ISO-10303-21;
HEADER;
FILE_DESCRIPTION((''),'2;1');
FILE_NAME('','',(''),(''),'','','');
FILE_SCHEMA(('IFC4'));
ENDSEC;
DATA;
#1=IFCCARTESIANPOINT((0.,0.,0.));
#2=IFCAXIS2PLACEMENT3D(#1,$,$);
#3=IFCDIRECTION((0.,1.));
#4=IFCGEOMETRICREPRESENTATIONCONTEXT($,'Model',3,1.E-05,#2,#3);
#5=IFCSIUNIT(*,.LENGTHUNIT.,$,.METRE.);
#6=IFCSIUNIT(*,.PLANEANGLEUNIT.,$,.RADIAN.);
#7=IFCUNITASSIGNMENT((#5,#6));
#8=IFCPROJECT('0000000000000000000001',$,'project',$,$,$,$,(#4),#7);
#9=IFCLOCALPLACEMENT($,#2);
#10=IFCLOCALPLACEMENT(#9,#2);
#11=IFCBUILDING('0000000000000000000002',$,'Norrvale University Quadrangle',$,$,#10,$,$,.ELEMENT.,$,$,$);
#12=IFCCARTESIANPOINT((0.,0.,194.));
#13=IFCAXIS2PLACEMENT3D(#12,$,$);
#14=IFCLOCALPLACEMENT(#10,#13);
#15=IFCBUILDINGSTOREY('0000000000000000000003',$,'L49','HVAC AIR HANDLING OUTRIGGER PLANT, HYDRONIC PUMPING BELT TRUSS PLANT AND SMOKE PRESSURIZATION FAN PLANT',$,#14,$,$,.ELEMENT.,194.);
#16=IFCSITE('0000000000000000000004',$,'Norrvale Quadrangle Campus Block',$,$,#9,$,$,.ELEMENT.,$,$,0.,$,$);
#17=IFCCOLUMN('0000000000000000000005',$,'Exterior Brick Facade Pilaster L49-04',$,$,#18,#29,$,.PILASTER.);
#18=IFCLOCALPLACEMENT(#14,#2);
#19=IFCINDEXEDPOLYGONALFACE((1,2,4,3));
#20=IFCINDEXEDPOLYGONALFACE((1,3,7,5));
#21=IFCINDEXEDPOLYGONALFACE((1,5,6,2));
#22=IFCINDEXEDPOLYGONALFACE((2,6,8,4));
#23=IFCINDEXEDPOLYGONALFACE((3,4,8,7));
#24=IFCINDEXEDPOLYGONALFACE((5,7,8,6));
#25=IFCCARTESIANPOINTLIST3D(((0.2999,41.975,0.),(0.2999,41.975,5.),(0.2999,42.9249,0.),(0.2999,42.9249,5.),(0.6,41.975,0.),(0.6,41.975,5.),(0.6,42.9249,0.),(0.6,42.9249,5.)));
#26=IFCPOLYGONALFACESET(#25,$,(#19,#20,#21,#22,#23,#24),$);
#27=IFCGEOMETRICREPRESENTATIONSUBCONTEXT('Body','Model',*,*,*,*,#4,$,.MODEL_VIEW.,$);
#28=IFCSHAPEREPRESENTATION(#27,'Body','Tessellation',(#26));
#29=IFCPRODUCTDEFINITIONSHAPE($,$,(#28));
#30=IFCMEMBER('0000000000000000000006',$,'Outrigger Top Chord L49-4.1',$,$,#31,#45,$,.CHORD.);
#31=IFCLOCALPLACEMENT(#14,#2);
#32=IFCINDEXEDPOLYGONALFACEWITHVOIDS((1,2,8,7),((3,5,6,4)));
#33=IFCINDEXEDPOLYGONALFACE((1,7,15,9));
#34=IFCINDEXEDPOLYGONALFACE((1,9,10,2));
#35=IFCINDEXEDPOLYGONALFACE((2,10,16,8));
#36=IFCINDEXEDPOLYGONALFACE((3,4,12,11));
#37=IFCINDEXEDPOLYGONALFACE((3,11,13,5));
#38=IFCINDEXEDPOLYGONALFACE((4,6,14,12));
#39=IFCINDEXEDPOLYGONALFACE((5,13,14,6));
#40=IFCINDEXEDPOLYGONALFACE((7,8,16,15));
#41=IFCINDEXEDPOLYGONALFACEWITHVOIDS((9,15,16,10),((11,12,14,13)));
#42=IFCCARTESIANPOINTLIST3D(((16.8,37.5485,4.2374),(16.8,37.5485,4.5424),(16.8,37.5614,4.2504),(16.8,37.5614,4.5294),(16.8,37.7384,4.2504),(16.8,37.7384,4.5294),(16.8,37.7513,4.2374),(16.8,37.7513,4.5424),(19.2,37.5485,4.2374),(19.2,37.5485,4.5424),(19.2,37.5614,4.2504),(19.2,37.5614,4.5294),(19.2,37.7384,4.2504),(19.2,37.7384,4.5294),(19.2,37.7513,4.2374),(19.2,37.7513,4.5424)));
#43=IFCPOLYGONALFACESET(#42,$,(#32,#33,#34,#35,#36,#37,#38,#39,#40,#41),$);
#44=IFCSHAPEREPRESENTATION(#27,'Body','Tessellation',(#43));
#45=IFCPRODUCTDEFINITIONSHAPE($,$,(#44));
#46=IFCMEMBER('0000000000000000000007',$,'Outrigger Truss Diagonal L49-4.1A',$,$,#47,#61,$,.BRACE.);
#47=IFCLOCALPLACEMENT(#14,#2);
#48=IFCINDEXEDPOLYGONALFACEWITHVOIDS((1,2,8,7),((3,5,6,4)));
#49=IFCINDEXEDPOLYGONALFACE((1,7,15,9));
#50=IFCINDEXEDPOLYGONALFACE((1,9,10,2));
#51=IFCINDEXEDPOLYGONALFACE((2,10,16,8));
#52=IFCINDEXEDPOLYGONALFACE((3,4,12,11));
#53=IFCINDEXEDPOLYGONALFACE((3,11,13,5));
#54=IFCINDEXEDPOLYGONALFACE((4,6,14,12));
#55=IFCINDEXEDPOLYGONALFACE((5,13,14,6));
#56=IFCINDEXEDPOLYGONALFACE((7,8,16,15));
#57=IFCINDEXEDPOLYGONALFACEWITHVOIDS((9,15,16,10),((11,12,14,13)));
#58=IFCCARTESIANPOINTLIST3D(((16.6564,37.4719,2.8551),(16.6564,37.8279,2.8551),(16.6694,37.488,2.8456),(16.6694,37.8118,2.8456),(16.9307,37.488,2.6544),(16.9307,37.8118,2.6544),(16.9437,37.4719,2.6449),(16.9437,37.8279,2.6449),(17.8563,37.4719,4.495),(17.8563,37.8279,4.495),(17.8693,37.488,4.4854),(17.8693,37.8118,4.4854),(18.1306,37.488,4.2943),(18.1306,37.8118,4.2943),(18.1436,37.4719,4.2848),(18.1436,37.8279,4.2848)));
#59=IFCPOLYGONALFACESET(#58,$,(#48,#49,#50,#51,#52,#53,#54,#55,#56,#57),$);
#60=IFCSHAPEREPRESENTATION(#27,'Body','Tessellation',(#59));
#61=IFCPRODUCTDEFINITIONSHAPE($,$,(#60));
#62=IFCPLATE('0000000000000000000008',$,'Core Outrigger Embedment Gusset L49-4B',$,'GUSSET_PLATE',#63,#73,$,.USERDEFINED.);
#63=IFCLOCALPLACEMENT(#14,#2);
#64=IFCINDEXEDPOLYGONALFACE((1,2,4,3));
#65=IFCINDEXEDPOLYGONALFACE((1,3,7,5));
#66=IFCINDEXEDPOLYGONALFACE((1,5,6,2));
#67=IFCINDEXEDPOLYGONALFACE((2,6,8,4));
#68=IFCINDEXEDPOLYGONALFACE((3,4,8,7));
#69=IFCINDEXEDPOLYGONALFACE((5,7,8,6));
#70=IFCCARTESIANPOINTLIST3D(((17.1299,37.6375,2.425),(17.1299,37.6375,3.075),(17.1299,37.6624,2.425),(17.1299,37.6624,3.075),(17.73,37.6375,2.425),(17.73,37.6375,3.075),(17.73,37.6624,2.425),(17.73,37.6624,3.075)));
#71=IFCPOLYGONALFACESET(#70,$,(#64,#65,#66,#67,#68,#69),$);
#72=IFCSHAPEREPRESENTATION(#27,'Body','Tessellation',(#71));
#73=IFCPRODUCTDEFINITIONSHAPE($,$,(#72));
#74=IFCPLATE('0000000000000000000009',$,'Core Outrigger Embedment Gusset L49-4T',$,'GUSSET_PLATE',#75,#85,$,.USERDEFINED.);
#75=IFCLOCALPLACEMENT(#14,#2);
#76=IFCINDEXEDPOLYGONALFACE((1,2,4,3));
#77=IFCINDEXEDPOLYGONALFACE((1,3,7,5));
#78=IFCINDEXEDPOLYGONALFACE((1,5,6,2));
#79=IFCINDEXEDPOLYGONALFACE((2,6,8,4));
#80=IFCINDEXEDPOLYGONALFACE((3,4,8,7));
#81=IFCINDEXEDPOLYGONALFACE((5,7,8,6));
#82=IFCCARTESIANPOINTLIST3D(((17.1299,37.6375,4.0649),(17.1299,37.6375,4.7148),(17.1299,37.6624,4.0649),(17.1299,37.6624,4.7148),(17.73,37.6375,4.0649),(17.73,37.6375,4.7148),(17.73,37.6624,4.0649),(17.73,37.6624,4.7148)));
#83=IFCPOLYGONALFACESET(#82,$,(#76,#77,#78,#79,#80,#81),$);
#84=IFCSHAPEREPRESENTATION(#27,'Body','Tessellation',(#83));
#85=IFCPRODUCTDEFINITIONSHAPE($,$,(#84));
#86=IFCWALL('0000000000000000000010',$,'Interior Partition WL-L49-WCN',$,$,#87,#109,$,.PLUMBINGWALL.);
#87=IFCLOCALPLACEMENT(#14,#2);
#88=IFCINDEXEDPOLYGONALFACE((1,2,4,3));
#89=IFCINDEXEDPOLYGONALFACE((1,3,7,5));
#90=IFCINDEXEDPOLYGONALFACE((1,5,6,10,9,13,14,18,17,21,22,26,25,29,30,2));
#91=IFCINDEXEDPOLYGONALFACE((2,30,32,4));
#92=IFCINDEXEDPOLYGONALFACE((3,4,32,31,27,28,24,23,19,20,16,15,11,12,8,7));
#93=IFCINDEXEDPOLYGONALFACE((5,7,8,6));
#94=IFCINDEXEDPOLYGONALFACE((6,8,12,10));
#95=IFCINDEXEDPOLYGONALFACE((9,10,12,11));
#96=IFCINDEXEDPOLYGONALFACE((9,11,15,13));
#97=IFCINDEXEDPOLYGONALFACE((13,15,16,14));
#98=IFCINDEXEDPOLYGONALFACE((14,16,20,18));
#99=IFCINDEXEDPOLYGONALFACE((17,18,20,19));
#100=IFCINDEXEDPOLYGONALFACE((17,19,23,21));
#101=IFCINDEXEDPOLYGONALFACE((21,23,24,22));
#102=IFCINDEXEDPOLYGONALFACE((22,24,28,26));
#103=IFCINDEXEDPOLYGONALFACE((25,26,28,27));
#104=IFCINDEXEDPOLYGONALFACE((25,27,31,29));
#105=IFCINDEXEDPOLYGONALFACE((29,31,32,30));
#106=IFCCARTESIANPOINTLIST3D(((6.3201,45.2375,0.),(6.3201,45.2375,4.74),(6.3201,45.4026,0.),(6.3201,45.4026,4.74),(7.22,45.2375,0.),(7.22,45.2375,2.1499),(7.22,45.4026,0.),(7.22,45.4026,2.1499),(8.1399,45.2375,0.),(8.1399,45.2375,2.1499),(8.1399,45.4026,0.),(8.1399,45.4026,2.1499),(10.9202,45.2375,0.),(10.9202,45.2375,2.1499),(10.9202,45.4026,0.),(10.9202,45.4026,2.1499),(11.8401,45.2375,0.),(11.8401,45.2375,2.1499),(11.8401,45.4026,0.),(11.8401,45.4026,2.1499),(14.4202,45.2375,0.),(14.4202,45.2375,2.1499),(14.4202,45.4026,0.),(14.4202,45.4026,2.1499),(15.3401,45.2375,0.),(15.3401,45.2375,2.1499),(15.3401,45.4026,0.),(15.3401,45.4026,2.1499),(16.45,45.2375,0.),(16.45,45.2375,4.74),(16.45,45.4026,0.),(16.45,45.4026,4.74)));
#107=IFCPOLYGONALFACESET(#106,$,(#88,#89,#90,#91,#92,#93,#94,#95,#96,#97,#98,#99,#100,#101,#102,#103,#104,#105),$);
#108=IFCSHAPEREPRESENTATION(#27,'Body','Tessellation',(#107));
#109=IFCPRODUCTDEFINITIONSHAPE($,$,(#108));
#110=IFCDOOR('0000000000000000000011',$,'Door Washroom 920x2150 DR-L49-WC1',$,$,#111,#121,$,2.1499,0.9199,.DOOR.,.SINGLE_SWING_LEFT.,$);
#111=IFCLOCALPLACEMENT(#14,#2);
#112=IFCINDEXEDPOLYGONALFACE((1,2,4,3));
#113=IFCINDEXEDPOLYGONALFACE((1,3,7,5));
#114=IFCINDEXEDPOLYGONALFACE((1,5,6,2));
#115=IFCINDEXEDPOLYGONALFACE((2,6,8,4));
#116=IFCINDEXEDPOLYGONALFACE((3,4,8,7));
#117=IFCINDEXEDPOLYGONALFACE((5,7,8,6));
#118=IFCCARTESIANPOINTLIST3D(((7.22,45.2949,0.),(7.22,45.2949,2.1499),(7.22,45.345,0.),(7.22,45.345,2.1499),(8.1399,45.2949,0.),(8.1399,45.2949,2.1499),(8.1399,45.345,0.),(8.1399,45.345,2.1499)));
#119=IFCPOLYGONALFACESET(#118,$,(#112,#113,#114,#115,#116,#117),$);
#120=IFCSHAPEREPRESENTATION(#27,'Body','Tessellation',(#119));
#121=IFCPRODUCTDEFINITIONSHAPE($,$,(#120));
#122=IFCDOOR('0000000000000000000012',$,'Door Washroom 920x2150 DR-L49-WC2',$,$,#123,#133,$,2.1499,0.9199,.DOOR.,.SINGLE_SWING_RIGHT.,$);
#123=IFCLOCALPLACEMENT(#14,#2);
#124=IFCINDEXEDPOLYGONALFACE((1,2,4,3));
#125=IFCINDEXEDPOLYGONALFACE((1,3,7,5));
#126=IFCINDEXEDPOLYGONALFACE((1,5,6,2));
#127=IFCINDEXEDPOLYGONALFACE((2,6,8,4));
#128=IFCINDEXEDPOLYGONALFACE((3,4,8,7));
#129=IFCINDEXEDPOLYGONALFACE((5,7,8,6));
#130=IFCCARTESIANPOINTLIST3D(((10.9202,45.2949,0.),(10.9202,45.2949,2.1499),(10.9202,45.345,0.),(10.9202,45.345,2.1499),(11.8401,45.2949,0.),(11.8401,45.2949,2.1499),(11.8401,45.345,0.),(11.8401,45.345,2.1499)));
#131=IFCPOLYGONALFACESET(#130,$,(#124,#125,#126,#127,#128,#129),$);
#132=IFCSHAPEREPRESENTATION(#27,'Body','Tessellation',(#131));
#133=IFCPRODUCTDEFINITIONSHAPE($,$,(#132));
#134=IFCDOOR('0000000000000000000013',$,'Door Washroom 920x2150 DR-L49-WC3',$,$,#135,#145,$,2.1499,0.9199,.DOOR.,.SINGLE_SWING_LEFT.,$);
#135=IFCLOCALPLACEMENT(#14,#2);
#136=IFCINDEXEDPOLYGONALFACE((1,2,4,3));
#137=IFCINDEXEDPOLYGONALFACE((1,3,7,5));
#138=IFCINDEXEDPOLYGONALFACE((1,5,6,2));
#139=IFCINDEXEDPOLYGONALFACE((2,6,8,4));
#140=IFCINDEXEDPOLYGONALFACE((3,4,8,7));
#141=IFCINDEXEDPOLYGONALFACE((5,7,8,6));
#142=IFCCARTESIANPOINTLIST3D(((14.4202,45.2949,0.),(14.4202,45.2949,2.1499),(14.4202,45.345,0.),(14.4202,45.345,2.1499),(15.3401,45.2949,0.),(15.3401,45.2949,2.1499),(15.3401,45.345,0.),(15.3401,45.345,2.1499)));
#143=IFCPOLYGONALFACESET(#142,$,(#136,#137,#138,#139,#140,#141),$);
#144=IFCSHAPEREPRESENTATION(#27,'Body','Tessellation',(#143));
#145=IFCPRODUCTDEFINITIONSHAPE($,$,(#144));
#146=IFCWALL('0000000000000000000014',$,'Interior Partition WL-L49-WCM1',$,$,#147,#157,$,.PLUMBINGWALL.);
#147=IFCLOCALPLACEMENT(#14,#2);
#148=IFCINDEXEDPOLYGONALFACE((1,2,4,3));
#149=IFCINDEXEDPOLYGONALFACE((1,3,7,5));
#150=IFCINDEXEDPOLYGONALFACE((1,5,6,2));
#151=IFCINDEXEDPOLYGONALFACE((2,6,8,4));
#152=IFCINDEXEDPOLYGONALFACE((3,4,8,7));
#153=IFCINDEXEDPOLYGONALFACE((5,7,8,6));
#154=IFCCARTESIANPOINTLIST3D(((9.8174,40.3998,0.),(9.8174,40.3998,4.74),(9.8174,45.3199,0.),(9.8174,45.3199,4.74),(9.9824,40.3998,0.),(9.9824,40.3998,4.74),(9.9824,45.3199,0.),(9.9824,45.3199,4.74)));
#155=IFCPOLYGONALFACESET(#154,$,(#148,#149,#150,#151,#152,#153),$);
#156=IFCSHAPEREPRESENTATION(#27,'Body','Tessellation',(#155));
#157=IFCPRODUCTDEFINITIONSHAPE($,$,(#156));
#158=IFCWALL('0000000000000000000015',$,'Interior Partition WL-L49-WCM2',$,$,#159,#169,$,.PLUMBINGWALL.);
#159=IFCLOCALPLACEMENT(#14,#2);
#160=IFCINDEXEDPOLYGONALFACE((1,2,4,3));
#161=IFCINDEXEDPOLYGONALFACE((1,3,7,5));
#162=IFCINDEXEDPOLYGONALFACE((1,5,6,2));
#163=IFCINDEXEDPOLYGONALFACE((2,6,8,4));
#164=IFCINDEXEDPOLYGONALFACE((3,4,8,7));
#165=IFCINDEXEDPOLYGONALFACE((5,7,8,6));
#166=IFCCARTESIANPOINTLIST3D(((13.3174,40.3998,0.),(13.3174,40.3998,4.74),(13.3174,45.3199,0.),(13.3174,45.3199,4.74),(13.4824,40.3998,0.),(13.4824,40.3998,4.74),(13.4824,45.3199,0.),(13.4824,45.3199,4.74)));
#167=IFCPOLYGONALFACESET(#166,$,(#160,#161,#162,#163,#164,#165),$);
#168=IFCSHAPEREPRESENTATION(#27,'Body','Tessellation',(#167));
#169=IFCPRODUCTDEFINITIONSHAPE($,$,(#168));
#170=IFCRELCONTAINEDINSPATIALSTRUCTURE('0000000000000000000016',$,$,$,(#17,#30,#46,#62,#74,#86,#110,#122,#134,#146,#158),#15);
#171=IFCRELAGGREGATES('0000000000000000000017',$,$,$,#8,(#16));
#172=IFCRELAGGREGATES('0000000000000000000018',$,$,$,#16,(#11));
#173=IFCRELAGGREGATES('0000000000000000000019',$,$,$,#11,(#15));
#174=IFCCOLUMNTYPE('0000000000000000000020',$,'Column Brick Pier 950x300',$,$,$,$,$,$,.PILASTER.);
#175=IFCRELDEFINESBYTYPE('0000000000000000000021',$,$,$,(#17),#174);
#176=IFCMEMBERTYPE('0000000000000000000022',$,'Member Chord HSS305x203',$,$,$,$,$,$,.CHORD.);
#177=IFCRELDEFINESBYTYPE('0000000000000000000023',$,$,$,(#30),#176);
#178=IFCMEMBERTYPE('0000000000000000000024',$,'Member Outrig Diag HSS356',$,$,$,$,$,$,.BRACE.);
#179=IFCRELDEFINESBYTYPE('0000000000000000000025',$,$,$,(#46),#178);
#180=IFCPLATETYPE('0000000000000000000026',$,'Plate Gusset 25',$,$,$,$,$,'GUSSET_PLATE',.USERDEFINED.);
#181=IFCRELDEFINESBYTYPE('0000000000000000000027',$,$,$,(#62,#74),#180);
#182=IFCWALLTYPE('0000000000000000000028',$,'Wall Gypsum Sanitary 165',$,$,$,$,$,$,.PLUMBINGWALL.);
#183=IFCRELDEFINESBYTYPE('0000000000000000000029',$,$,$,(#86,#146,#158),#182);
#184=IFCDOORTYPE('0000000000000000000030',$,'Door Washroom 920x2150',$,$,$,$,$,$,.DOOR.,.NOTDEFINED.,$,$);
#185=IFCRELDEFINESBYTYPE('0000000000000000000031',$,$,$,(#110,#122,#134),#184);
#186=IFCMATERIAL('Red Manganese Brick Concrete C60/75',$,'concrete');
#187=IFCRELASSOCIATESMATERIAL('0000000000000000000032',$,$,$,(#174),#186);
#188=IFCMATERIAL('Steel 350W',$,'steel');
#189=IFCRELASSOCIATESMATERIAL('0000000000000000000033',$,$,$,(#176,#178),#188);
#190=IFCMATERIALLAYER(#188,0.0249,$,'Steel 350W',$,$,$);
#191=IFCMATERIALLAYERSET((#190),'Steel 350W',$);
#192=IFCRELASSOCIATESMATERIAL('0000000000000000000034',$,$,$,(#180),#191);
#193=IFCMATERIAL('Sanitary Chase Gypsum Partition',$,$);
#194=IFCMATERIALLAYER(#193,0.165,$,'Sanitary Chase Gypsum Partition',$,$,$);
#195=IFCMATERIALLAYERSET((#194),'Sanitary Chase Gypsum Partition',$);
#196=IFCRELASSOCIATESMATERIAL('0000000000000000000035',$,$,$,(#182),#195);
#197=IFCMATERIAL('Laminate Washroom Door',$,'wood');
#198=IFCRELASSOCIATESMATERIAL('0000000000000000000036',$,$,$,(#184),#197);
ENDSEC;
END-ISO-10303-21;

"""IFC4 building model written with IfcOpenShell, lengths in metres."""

from ifc_helpers import new_model, si_unit, direction, frame, frame_2d, origin, origin_2d, place, context, subcontext, project, spatial, rectangle, hollow_rectangle, extrude, material, layer, layer_set, material_profile, profile_set, type_object, element, fill, save


model = new_model("IFC4")

# Units and contexts
model_context = context("Model", 3, precision=1e-05, world=origin(), true_north=direction((0.0, 1.0)))
body_context = subcontext(model_context, "Body", "Model", "MODEL_VIEW")
ifc_project = project(units=[si_unit("LENGTHUNIT", "METRE"), si_unit("PLANEANGLEUNIT", "RADIAN")], contexts=[model_context])

# Site, building, storey
site_placement = place(None, origin())
site = spatial("IfcSite", under=ifc_project, at=site_placement, Name="Norrvale Quadrangle Campus Block", CompositionType="ELEMENT", RefElevation=0.0)
building_placement = place(site_placement, origin())
building = spatial("IfcBuilding", under=site, at=building_placement, Name="Norrvale University Quadrangle", CompositionType="ELEMENT")
storey_placement = place(building_placement, frame((0.0, 0.0, 194.0)))
storey = spatial("IfcBuildingStorey", under=building, at=storey_placement, Name="L49", Description="HVAC AIR HANDLING OUTRIGGER PLANT, HYDRONIC PUMPING BELT TRUSS PLANT AND SMOKE PRESSURIZATION FAN PLANT", CompositionType="ELEMENT", Elevation=194.0)

# Column
ifc_material_1 = material(Name="Red Manganese Brick Concrete C60/75", Category="concrete")
ifc_material_profile_1 = material_profile(ifc_material_1, rectangle(XDim=0.95, YDim=0.3, at=origin_2d()), Name="Red Manganese Brick Concrete C60/75")
ifc_profile_set_1 = profile_set([ifc_material_profile_1], Name="Red Manganese Brick Concrete C60/75")
column_type = type_object("IfcColumnType", Name="Column Brick Pier 950x300", PredefinedType="PILASTER", material=ifc_profile_set_1)
column_placement = place(storey_placement, frame((0.45, 42.45, 0.0), z_axis=(0.0, 0.0, 1.0), x_axis=(0.0, 1.0, 0.0)))
element("IfcColumn", 1, at=column_placement, inside=storey, type_object=column_type, Name="Exterior Brick Facade Pilaster L49-04", PredefinedType="PILASTER", context=body_context, shape_type="SweptSolid", body=[
    extrude(rectangle(XDim=0.95, YDim=0.3, at=origin_2d()), origin(), (0.0, 0.0, 1.0), 5.0),
])

# Members
ifc_material_2 = material(Name="Steel 350W", Category="steel")
ifc_material_profile_2 = material_profile(ifc_material_2, hollow_rectangle(XDim=0.2029, YDim=0.3049, WallThickness=0.0129, at=origin_2d()), Name="Steel 350W")
ifc_profile_set_2 = profile_set([ifc_material_profile_2], Name="Steel 350W")
member_type_1 = type_object("IfcMemberType", Name="Member Chord HSS305x203", PredefinedType="CHORD", material=ifc_profile_set_2)
member_1_placement = place(storey_placement, frame((16.8, 37.6499, 4.3899), z_axis=(1.0, 0.0, 0.0), x_axis=(0.0, 1.0, 0.0)))
element("IfcMember", 2, at=member_1_placement, inside=storey, type_object=member_type_1, Name="Outrigger Top Chord L49-4.1", PredefinedType="CHORD", context=body_context, shape_type="SweptSolid", body=[
    extrude(hollow_rectangle(XDim=0.2029, YDim=0.3049, WallThickness=0.0129, at=origin_2d()), origin(), (0.0, 0.0, 1.0), 2.3999),
])
ifc_material_profile_3 = material_profile(ifc_material_2, hollow_rectangle(XDim=0.356, YDim=0.356, WallThickness=0.0161, at=origin_2d()), Name="Steel 350W")
ifc_profile_set_3 = profile_set([ifc_material_profile_3], Name="Steel 350W")
member_type_2 = type_object("IfcMemberType", Name="Member Outrig Diag HSS356", PredefinedType="BRACE", material=ifc_profile_set_3)
member_2_placement = place(storey_placement, frame((16.8, 37.6499, 2.75), z_axis=(0.59052, 0.0, 0.807023), x_axis=(0.0, 1.0, 0.0)))
element("IfcMember", 3, at=member_2_placement, inside=storey, type_object=member_type_2, Name="Outrigger Truss Diagonal L49-4.1A", PredefinedType="BRACE", context=body_context, shape_type="SweptSolid", body=[
    extrude(hollow_rectangle(XDim=0.356, YDim=0.356, WallThickness=0.0161, at=origin_2d()), origin(), (0.0, 0.0, 1.0), 2.032),
])

# Plates
ifc_layer_1 = layer(ifc_material_2, 0.0249, Name="Steel 350W")
ifc_layer_set_1 = layer_set([ifc_layer_1], Name="Steel 350W")
plate_type = type_object("IfcPlateType", Name="Plate Gusset 25", ElementType="GUSSET_PLATE", PredefinedType="USERDEFINED", material=ifc_layer_set_1)
for number, where, z_axis, x_axis, name in (
    (4, (17.4299, 37.6499, 2.425), (0.0, 0.0, 1.0), (1.0, 0.0, 0.0), "Core Outrigger Embedment Gusset L49-4B"),
    (5, (17.4299, 37.6499, 4.0649), (0.0, 0.0, 1.0), (1.0, 0.0, 0.0), "Core Outrigger Embedment Gusset L49-4T"),
):
    element("IfcPlate", number, at=place(storey_placement, frame(where, z_axis=z_axis, x_axis=x_axis)), inside=storey, type_object=plate_type, Name=name, ObjectType="GUSSET_PLATE", PredefinedType="USERDEFINED", context=body_context, shape_type="SweptSolid", body=[
        extrude(rectangle(XDim=0.6001, YDim=0.0249, at=origin_2d()), origin(), (0.0, 0.0, 1.0), 0.6499),
    ])

# Wall, openings, doors
ifc_material_3 = material(Name="Sanitary Chase Gypsum Partition")
ifc_layer_2 = layer(ifc_material_3, 0.165, Name="Sanitary Chase Gypsum Partition")
ifc_layer_set_2 = layer_set([ifc_layer_2], Name="Sanitary Chase Gypsum Partition")
wall_type_1 = type_object("IfcWallType", Name="Wall Gypsum Sanitary 165", PredefinedType="PLUMBINGWALL", material=ifc_layer_set_2)
wall_1_placement = place(storey_placement, frame((6.3201, 45.3201, 0.0), z_axis=(0.0, 0.0, 1.0), x_axis=(1.0, 0.0, 0.0)))
wall_1 = element("IfcWall", 6, at=wall_1_placement, inside=storey, type_object=wall_type_1, Name="Interior Partition WL-L49-WCN", PredefinedType="PLUMBINGWALL", context=body_context, shape_type="SweptSolid", body=[
    extrude(rectangle(XDim=10.1299, YDim=0.165, at=frame_2d((5.0649, 0.0))), origin(), (0.0, 0.0, 1.0), 4.74),
])
opening_1_placement = place(wall_1_placement, frame((0.8999, 0.0, 0.0)))
opening_1 = element("IfcOpeningElement", 7, at=opening_1_placement, cuts=wall_1, PredefinedType="OPENING", context=body_context, shape_type="SweptSolid", body=[
    extrude(rectangle(XDim=0.9199, YDim=2.1499, at=frame_2d((0.46, 1.075))), frame((0.0, 0.0945, 0.0), z_axis=(0.0, -1.0, 0.0), x_axis=(1.0, 0.0, 0.0)), (0.0, 0.0, 1.0), 0.189),
])
opening_2_placement = place(wall_1_placement, frame((4.6001, 0.0, 0.0)))
opening_2 = element("IfcOpeningElement", 8, at=opening_2_placement, cuts=wall_1, PredefinedType="OPENING", context=body_context, shape_type="SweptSolid", body=[
    extrude(rectangle(XDim=0.9199, YDim=2.1499, at=frame_2d((0.46, 1.075))), frame((0.0, 0.0945, 0.0), z_axis=(0.0, -1.0, 0.0), x_axis=(1.0, 0.0, 0.0)), (0.0, 0.0, 1.0), 0.189),
])
opening_3_placement = place(wall_1_placement, frame((8.1001, 0.0, 0.0)))
opening_3 = element("IfcOpeningElement", 9, at=opening_3_placement, cuts=wall_1, PredefinedType="OPENING", context=body_context, shape_type="SweptSolid", body=[
    extrude(rectangle(XDim=0.9199, YDim=2.1499, at=frame_2d((0.46, 1.075))), frame((0.0, 0.0945, 0.0), z_axis=(0.0, -1.0, 0.0), x_axis=(1.0, 0.0, 0.0)), (0.0, 0.0, 1.0), 0.189),
])
ifc_material_4 = material(Name="Laminate Washroom Door", Category="wood")
door_type_1 = type_object("IfcDoorType", Name="Door Washroom 920x2150", OperationType="NOTDEFINED", PredefinedType="DOOR", material=ifc_material_4)
door_1_placement = place(opening_1_placement, origin())
door_1 = element("IfcDoor", 10, at=door_1_placement, inside=storey, type_object=door_type_1, Name="Door Washroom 920x2150 DR-L49-WC1", OperationType="SINGLE_SWING_LEFT", OverallHeight=2.1499, OverallWidth=0.9199, PredefinedType="DOOR", context=body_context, shape_type="SweptSolid", body=[
    extrude(rectangle(XDim=0.9199, YDim=2.1499, at=frame_2d((0.46, 1.075))), frame((0.0, 0.0249, 0.0), z_axis=(0.0, -1.0, 0.0), x_axis=(1.0, 0.0, 0.0)), (0.0, 0.0, 1.0), 0.05),
])
fill(opening_1, door_1)
door_2_placement = place(opening_2_placement, origin())
door_2 = element("IfcDoor", 11, at=door_2_placement, inside=storey, type_object=door_type_1, Name="Door Washroom 920x2150 DR-L49-WC2", OperationType="SINGLE_SWING_RIGHT", OverallHeight=2.1499, OverallWidth=0.9199, PredefinedType="DOOR", context=body_context, shape_type="SweptSolid", body=[
    extrude(rectangle(XDim=0.9199, YDim=2.1499, at=frame_2d((0.46, 1.075))), frame((0.0, 0.0249, 0.0), z_axis=(0.0, -1.0, 0.0), x_axis=(1.0, 0.0, 0.0)), (0.0, 0.0, 1.0), 0.05),
])
fill(opening_2, door_2)
door_3_placement = place(opening_3_placement, origin())
door_3 = element("IfcDoor", 12, at=door_3_placement, inside=storey, type_object=door_type_1, Name="Door Washroom 920x2150 DR-L49-WC3", OperationType="SINGLE_SWING_LEFT", OverallHeight=2.1499, OverallWidth=0.9199, PredefinedType="DOOR", context=body_context, shape_type="SweptSolid", body=[
    extrude(rectangle(XDim=0.9199, YDim=2.1499, at=frame_2d((0.46, 1.075))), frame((0.0, 0.0249, 0.0), z_axis=(0.0, -1.0, 0.0), x_axis=(1.0, 0.0, 0.0)), (0.0, 0.0, 1.0), 0.05),
])
fill(opening_3, door_3)

# Walls
for number, where, z_axis, x_axis, name in (
    (13, (9.8999, 40.3999, 0.0), (0.0, 0.0, 1.0), (0.0, 1.0, 0.0), "Interior Partition WL-L49-WCM1"),
    (14, (13.3999, 40.3999, 0.0), (0.0, 0.0, 1.0), (0.0, 1.0, 0.0), "Interior Partition WL-L49-WCM2"),
):
    element("IfcWall", number, at=place(storey_placement, frame(where, z_axis=z_axis, x_axis=x_axis)), inside=storey, type_object=wall_type_1, Name=name, PredefinedType="PLUMBINGWALL", context=body_context, shape_type="SweptSolid", body=[
        extrude(rectangle(XDim=4.9202, YDim=0.165, at=frame_2d((2.46, 0.0))), origin(), (0.0, 0.0, 1.0), 4.74),
    ])

save(model, "model.ifc")
